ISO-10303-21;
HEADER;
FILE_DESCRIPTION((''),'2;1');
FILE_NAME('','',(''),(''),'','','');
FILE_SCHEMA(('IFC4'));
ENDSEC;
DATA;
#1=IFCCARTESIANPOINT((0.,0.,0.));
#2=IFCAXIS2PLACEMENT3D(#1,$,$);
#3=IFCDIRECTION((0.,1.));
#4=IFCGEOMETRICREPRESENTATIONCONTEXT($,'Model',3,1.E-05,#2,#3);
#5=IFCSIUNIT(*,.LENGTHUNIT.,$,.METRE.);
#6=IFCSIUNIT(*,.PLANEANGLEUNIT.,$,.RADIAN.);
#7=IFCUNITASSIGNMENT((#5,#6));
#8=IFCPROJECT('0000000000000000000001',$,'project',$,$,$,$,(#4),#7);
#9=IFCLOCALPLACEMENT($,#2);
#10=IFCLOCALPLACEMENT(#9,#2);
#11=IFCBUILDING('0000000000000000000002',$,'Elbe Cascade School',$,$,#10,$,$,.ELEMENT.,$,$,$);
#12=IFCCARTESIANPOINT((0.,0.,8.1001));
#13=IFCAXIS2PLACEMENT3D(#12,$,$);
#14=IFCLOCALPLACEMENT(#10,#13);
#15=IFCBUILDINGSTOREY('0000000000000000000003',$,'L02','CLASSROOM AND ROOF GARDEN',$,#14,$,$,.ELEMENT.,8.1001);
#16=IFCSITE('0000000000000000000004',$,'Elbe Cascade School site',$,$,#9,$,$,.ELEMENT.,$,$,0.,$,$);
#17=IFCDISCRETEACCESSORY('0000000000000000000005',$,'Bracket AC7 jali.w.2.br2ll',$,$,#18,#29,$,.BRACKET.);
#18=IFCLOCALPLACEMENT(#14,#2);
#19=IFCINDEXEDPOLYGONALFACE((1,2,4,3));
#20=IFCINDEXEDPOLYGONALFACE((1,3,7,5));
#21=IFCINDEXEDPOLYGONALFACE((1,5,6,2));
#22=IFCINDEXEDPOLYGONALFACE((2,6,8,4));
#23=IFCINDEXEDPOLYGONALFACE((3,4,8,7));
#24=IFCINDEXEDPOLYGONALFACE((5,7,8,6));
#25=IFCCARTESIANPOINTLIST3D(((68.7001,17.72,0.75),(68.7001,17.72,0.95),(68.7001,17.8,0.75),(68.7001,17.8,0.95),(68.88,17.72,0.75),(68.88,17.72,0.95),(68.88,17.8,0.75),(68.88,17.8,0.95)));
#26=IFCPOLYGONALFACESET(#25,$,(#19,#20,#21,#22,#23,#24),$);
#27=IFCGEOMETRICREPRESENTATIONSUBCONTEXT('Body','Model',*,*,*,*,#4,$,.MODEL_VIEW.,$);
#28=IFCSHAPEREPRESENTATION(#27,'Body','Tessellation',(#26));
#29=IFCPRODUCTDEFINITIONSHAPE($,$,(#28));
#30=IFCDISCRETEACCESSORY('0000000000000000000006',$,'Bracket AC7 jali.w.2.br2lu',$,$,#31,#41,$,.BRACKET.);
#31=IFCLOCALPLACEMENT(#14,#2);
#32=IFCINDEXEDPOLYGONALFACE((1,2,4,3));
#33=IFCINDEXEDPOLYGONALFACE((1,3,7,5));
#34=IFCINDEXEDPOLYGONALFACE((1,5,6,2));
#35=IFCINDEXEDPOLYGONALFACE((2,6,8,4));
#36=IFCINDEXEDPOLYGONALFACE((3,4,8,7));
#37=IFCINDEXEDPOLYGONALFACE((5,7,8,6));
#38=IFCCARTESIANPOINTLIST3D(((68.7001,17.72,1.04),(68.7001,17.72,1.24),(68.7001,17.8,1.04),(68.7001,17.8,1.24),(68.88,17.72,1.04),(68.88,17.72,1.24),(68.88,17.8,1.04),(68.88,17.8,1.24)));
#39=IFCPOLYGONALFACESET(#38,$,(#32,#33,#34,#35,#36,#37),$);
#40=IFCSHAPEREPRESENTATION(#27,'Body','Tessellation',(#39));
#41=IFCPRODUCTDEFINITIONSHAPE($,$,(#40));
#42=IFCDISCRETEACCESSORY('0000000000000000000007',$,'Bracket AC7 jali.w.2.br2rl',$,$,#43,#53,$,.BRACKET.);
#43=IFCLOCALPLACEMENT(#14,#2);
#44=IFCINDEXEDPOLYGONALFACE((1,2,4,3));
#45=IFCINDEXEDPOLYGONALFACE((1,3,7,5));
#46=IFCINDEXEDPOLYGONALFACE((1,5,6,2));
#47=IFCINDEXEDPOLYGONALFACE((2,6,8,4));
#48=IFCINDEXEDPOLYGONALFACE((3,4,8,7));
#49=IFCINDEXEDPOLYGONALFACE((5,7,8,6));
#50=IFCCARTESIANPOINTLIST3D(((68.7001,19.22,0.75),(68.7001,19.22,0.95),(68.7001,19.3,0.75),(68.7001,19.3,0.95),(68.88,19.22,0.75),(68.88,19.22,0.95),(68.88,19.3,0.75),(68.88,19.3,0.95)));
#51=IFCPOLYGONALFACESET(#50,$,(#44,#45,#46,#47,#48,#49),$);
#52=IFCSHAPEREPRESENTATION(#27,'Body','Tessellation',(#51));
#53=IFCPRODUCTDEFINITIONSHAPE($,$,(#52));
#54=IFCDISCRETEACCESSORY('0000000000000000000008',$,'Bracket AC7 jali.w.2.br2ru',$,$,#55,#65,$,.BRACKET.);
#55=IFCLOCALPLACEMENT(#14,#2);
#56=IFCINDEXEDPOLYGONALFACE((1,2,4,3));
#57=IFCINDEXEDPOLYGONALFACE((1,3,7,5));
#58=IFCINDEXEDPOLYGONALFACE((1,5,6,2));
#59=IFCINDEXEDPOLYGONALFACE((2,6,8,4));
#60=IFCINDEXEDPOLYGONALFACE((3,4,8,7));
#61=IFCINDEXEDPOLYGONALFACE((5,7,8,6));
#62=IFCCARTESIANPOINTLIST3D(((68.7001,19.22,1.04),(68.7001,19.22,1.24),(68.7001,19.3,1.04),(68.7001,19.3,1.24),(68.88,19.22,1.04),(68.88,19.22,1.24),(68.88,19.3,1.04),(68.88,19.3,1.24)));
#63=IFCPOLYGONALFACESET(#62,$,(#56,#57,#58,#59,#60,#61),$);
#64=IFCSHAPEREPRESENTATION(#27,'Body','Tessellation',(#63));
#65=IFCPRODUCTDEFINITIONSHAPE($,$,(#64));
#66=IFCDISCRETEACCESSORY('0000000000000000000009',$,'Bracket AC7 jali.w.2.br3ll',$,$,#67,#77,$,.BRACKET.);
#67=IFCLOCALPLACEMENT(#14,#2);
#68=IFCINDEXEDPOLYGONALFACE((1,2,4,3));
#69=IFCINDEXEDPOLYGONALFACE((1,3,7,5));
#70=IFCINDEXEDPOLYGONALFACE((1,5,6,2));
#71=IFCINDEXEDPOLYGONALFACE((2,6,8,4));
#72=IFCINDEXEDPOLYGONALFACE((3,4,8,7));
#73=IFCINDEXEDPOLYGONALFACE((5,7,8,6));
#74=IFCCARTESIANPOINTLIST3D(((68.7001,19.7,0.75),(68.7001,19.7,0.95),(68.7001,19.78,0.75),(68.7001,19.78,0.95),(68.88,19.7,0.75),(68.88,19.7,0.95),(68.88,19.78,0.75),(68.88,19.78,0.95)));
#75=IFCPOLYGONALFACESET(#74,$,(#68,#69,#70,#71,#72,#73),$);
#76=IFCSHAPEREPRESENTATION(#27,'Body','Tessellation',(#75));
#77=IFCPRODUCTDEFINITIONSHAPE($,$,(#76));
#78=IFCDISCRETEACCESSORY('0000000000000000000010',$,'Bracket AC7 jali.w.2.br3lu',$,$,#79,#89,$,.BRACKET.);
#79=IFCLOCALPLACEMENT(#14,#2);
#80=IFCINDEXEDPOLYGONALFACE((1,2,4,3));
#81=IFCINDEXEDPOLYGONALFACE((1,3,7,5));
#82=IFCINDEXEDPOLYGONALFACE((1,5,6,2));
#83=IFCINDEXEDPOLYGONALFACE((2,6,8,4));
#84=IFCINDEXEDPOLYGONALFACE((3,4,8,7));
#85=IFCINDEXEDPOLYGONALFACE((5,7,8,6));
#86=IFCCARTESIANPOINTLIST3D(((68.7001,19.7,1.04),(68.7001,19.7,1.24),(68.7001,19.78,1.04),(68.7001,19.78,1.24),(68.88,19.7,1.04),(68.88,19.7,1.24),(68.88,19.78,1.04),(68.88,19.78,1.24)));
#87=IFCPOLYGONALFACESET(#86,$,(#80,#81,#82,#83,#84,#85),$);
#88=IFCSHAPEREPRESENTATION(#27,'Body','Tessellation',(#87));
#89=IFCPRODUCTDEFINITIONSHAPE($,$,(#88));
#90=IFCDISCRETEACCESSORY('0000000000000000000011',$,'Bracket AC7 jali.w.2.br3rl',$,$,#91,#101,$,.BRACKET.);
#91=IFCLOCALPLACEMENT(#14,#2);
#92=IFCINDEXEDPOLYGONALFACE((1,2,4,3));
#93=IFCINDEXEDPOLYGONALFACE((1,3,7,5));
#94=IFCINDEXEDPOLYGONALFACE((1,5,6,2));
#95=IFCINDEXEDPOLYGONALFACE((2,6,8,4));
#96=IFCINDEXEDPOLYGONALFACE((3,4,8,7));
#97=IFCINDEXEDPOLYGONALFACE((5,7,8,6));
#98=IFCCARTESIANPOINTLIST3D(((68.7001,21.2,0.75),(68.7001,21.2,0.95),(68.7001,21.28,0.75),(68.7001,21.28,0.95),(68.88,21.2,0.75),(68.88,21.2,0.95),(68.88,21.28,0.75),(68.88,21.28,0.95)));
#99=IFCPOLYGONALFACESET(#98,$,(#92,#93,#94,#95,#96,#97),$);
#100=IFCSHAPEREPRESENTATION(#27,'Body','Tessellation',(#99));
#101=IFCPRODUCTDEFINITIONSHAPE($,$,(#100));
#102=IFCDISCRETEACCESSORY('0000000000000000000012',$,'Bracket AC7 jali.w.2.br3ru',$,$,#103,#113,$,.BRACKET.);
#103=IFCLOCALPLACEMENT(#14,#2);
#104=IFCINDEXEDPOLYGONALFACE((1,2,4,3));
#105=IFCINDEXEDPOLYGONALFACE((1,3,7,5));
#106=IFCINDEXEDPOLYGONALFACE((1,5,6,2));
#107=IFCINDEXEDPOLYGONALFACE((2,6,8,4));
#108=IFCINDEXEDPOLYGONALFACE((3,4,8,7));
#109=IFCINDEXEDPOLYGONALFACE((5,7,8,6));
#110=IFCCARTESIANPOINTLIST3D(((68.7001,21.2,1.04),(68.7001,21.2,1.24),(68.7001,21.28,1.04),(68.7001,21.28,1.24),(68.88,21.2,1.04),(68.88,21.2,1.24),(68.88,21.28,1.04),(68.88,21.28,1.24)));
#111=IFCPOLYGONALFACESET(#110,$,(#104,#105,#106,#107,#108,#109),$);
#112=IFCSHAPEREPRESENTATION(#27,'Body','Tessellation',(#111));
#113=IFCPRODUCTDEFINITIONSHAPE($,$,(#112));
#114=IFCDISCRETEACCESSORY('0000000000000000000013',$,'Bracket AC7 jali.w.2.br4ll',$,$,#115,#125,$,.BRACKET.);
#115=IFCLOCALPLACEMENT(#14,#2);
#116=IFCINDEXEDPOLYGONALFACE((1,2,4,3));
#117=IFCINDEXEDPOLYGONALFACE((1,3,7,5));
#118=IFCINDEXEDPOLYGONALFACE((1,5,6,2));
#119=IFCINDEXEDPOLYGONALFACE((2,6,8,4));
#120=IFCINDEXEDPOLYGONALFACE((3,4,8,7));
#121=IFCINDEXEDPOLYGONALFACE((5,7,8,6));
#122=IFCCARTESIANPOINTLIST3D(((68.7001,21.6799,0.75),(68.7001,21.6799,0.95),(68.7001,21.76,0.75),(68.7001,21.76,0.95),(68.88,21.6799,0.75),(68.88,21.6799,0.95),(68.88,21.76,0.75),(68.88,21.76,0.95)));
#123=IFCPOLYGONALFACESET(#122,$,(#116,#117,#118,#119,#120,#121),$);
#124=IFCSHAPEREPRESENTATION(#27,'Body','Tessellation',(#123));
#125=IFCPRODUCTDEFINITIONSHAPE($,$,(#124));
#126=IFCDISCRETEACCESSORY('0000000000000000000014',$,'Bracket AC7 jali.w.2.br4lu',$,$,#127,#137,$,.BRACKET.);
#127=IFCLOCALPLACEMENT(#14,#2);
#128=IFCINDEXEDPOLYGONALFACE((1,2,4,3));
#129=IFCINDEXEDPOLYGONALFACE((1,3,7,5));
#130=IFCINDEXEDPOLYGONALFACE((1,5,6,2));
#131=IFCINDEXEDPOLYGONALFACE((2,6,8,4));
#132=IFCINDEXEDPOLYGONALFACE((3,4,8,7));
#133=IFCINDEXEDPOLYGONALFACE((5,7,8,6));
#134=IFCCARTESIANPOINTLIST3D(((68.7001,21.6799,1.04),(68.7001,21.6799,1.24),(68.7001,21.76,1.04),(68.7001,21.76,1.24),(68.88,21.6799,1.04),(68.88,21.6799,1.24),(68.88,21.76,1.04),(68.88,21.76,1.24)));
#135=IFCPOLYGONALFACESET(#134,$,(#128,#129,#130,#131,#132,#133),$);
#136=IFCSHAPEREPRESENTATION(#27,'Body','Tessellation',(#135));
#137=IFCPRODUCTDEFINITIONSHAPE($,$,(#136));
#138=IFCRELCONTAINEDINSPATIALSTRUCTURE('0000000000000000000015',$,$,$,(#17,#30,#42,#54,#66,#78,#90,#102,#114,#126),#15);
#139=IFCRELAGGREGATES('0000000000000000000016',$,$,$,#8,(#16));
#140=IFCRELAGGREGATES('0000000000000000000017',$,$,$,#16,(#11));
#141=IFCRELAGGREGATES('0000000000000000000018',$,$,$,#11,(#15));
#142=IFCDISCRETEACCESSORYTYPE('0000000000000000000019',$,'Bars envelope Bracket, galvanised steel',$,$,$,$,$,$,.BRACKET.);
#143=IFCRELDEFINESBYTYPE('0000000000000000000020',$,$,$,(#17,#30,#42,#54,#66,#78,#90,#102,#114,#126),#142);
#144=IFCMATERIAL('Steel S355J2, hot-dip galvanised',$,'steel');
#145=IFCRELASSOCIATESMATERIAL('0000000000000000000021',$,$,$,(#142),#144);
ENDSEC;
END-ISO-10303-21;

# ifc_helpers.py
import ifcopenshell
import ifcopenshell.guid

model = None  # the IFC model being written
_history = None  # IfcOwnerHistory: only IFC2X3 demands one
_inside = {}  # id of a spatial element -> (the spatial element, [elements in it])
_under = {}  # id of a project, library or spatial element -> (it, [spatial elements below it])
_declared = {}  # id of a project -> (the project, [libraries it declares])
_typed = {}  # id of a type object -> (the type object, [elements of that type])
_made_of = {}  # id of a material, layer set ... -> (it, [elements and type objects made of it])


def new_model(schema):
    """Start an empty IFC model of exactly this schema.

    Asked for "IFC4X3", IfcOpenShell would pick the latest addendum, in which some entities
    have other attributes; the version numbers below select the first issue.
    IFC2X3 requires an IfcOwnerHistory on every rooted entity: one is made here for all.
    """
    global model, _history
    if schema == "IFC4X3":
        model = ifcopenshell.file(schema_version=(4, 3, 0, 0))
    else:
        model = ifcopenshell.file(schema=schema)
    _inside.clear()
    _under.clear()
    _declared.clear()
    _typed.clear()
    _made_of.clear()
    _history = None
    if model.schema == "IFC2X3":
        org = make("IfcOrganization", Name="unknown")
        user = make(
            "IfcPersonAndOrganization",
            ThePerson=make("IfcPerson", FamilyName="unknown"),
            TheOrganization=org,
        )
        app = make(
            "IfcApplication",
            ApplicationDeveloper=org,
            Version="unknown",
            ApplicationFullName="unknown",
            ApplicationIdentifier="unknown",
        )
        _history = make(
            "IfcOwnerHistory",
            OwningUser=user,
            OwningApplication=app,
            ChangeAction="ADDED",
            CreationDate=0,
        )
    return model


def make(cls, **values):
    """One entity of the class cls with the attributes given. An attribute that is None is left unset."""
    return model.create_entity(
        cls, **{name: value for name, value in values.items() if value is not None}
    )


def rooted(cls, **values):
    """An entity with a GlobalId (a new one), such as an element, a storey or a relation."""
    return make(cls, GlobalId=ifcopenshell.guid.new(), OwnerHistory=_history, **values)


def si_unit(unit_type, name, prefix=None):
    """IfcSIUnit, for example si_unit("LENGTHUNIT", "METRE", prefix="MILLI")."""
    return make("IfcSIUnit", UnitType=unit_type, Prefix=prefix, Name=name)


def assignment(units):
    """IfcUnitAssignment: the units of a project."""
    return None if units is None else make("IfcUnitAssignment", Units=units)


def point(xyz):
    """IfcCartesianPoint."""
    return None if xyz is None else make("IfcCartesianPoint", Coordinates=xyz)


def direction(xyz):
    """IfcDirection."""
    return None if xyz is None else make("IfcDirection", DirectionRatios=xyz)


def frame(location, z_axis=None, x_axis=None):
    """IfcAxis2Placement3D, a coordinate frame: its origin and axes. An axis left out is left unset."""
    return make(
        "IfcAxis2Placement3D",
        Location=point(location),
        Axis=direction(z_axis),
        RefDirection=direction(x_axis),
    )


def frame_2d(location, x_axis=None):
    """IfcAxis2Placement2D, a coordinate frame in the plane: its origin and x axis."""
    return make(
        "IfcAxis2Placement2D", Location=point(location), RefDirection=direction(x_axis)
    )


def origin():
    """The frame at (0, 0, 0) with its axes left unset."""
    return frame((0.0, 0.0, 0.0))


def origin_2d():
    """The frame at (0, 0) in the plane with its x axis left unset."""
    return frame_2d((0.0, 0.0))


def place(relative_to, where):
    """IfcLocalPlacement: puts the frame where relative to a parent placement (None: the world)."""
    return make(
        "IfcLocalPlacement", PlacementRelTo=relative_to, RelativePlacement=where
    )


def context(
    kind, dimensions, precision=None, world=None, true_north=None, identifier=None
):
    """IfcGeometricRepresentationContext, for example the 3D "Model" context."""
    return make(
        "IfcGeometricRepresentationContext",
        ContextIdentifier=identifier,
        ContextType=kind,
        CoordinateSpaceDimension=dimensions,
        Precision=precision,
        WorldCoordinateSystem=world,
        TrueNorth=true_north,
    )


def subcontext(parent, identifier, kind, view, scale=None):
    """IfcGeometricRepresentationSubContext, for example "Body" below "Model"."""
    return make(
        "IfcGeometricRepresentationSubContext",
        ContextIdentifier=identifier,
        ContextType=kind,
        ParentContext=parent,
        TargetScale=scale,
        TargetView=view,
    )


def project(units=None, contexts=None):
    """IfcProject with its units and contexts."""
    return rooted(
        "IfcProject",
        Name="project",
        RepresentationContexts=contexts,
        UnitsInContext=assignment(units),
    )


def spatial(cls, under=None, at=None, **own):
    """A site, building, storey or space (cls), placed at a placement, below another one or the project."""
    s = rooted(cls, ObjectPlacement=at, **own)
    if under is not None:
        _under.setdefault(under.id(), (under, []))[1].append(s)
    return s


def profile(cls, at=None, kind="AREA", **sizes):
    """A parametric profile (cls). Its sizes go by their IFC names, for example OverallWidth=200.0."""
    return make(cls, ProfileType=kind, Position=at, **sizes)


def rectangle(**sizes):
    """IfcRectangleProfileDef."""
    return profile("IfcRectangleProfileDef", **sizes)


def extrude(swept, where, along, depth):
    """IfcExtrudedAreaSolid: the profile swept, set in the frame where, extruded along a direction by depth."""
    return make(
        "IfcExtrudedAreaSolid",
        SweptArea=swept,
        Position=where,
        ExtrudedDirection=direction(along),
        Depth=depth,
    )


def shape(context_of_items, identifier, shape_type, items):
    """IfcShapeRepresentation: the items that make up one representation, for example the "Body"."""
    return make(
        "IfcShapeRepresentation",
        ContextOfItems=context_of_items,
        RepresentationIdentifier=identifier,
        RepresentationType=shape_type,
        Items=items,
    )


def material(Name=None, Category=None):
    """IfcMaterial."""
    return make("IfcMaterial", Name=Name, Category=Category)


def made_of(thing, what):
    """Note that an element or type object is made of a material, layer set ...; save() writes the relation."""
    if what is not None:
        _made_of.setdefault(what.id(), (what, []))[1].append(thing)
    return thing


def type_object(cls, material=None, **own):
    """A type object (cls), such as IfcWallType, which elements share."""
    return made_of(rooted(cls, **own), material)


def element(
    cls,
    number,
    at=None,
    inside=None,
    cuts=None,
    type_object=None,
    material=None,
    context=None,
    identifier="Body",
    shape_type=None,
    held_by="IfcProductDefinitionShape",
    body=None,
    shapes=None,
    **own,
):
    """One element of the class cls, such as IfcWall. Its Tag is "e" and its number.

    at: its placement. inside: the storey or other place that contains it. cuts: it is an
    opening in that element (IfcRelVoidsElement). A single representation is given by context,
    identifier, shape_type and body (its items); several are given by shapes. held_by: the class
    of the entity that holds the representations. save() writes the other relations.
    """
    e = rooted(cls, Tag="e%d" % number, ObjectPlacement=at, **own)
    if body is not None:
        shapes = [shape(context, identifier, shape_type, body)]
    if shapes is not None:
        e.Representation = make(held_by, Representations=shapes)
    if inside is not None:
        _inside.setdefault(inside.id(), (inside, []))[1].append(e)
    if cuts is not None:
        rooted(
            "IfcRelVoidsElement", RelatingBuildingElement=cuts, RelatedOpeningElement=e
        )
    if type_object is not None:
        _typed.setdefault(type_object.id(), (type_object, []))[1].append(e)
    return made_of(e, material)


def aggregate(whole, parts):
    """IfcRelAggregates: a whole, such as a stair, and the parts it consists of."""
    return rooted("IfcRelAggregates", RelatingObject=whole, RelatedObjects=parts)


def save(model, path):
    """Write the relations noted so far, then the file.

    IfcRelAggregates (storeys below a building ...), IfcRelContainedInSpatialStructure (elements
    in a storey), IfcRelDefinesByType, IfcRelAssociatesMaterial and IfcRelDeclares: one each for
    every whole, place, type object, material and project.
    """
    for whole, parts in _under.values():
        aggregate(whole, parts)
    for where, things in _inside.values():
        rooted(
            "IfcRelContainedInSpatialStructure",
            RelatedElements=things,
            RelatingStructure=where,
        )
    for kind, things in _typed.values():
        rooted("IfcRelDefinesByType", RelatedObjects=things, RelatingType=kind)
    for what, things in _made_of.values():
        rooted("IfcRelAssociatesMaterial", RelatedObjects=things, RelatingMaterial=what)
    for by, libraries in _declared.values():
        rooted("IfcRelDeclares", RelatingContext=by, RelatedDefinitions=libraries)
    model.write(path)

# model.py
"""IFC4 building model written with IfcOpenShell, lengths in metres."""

from ifc_helpers import new_model, si_unit, direction, frame, origin, origin_2d, place, context, subcontext, project, spatial, rectangle, extrude, material, type_object, element, save


model = new_model("IFC4")

# Units and contexts
model_context = context("Model", 3, precision=1e-05, world=origin(), true_north=direction((0.0, 1.0)))
body_context = subcontext(model_context, "Body", "Model", "MODEL_VIEW")
ifc_project = project(units=[si_unit("LENGTHUNIT", "METRE"), si_unit("PLANEANGLEUNIT", "RADIAN")], contexts=[model_context])

# Site, building, storey
site_placement = place(None, origin())
site = spatial("IfcSite", under=ifc_project, at=site_placement, Name="Elbe Cascade School site", CompositionType="ELEMENT", RefElevation=0.0)
building_placement = place(site_placement, origin())
building = spatial("IfcBuilding", under=site, at=building_placement, Name="Elbe Cascade School", CompositionType="ELEMENT")
storey_placement = place(building_placement, frame((0.0, 0.0, 8.1001)))
storey = spatial("IfcBuildingStorey", under=building, at=storey_placement, Name="L02", Description="CLASSROOM AND ROOF GARDEN", CompositionType="ELEMENT", Elevation=8.1001)

# Discrete accessories
ifc_material_1 = material(Name="Steel S355J2, hot-dip galvanised", Category="steel")
discrete_accessory_type = type_object("IfcDiscreteAccessoryType", Name="Bars envelope Bracket, galvanised steel", PredefinedType="BRACKET", material=ifc_material_1)
for number, where, z_axis, x_axis, name in (
    (1, (68.79, 17.76, 0.75), (0.0, 0.0, 1.0), (0.0, 1.0, 0.0), "Bracket AC7 jali.w.2.br2ll"),
    (2, (68.79, 17.76, 1.04), (0.0, 0.0, 1.0), (0.0, 1.0, 0.0), "Bracket AC7 jali.w.2.br2lu"),
    (3, (68.79, 19.26, 0.75), (0.0, 0.0, 1.0), (0.0, 1.0, 0.0), "Bracket AC7 jali.w.2.br2rl"),
    (4, (68.79, 19.26, 1.04), (0.0, 0.0, 1.0), (0.0, 1.0, 0.0), "Bracket AC7 jali.w.2.br2ru"),
    (5, (68.79, 19.74, 0.75), (0.0, 0.0, 1.0), (0.0, 1.0, 0.0), "Bracket AC7 jali.w.2.br3ll"),
    (6, (68.79, 19.74, 1.04), (0.0, 0.0, 1.0), (0.0, 1.0, 0.0), "Bracket AC7 jali.w.2.br3lu"),
    (7, (68.79, 21.24, 0.75), (0.0, 0.0, 1.0), (0.0, 1.0, 0.0), "Bracket AC7 jali.w.2.br3rl"),
    (8, (68.79, 21.24, 1.04), (0.0, 0.0, 1.0), (0.0, 1.0, 0.0), "Bracket AC7 jali.w.2.br3ru"),
    (9, (68.79, 21.72, 0.75), (0.0, 0.0, 1.0), (0.0, 1.0, 0.0), "Bracket AC7 jali.w.2.br4ll"),
    (10, (68.79, 21.72, 1.04), (0.0, 0.0, 1.0), (0.0, 1.0, 0.0), "Bracket AC7 jali.w.2.br4lu"),
):
    element("IfcDiscreteAccessory", number, at=place(storey_placement, frame(where, z_axis=z_axis, x_axis=x_axis)), inside=storey, type_object=discrete_accessory_type, Name=name, PredefinedType="BRACKET", context=body_context, shape_type="SweptSolid", body=[
        extrude(rectangle(XDim=0.0801, YDim=0.1799, at=origin_2d()), origin(), (0.0, 0.0, 1.0), 0.2),
    ])

save(model, "model.ifc")
